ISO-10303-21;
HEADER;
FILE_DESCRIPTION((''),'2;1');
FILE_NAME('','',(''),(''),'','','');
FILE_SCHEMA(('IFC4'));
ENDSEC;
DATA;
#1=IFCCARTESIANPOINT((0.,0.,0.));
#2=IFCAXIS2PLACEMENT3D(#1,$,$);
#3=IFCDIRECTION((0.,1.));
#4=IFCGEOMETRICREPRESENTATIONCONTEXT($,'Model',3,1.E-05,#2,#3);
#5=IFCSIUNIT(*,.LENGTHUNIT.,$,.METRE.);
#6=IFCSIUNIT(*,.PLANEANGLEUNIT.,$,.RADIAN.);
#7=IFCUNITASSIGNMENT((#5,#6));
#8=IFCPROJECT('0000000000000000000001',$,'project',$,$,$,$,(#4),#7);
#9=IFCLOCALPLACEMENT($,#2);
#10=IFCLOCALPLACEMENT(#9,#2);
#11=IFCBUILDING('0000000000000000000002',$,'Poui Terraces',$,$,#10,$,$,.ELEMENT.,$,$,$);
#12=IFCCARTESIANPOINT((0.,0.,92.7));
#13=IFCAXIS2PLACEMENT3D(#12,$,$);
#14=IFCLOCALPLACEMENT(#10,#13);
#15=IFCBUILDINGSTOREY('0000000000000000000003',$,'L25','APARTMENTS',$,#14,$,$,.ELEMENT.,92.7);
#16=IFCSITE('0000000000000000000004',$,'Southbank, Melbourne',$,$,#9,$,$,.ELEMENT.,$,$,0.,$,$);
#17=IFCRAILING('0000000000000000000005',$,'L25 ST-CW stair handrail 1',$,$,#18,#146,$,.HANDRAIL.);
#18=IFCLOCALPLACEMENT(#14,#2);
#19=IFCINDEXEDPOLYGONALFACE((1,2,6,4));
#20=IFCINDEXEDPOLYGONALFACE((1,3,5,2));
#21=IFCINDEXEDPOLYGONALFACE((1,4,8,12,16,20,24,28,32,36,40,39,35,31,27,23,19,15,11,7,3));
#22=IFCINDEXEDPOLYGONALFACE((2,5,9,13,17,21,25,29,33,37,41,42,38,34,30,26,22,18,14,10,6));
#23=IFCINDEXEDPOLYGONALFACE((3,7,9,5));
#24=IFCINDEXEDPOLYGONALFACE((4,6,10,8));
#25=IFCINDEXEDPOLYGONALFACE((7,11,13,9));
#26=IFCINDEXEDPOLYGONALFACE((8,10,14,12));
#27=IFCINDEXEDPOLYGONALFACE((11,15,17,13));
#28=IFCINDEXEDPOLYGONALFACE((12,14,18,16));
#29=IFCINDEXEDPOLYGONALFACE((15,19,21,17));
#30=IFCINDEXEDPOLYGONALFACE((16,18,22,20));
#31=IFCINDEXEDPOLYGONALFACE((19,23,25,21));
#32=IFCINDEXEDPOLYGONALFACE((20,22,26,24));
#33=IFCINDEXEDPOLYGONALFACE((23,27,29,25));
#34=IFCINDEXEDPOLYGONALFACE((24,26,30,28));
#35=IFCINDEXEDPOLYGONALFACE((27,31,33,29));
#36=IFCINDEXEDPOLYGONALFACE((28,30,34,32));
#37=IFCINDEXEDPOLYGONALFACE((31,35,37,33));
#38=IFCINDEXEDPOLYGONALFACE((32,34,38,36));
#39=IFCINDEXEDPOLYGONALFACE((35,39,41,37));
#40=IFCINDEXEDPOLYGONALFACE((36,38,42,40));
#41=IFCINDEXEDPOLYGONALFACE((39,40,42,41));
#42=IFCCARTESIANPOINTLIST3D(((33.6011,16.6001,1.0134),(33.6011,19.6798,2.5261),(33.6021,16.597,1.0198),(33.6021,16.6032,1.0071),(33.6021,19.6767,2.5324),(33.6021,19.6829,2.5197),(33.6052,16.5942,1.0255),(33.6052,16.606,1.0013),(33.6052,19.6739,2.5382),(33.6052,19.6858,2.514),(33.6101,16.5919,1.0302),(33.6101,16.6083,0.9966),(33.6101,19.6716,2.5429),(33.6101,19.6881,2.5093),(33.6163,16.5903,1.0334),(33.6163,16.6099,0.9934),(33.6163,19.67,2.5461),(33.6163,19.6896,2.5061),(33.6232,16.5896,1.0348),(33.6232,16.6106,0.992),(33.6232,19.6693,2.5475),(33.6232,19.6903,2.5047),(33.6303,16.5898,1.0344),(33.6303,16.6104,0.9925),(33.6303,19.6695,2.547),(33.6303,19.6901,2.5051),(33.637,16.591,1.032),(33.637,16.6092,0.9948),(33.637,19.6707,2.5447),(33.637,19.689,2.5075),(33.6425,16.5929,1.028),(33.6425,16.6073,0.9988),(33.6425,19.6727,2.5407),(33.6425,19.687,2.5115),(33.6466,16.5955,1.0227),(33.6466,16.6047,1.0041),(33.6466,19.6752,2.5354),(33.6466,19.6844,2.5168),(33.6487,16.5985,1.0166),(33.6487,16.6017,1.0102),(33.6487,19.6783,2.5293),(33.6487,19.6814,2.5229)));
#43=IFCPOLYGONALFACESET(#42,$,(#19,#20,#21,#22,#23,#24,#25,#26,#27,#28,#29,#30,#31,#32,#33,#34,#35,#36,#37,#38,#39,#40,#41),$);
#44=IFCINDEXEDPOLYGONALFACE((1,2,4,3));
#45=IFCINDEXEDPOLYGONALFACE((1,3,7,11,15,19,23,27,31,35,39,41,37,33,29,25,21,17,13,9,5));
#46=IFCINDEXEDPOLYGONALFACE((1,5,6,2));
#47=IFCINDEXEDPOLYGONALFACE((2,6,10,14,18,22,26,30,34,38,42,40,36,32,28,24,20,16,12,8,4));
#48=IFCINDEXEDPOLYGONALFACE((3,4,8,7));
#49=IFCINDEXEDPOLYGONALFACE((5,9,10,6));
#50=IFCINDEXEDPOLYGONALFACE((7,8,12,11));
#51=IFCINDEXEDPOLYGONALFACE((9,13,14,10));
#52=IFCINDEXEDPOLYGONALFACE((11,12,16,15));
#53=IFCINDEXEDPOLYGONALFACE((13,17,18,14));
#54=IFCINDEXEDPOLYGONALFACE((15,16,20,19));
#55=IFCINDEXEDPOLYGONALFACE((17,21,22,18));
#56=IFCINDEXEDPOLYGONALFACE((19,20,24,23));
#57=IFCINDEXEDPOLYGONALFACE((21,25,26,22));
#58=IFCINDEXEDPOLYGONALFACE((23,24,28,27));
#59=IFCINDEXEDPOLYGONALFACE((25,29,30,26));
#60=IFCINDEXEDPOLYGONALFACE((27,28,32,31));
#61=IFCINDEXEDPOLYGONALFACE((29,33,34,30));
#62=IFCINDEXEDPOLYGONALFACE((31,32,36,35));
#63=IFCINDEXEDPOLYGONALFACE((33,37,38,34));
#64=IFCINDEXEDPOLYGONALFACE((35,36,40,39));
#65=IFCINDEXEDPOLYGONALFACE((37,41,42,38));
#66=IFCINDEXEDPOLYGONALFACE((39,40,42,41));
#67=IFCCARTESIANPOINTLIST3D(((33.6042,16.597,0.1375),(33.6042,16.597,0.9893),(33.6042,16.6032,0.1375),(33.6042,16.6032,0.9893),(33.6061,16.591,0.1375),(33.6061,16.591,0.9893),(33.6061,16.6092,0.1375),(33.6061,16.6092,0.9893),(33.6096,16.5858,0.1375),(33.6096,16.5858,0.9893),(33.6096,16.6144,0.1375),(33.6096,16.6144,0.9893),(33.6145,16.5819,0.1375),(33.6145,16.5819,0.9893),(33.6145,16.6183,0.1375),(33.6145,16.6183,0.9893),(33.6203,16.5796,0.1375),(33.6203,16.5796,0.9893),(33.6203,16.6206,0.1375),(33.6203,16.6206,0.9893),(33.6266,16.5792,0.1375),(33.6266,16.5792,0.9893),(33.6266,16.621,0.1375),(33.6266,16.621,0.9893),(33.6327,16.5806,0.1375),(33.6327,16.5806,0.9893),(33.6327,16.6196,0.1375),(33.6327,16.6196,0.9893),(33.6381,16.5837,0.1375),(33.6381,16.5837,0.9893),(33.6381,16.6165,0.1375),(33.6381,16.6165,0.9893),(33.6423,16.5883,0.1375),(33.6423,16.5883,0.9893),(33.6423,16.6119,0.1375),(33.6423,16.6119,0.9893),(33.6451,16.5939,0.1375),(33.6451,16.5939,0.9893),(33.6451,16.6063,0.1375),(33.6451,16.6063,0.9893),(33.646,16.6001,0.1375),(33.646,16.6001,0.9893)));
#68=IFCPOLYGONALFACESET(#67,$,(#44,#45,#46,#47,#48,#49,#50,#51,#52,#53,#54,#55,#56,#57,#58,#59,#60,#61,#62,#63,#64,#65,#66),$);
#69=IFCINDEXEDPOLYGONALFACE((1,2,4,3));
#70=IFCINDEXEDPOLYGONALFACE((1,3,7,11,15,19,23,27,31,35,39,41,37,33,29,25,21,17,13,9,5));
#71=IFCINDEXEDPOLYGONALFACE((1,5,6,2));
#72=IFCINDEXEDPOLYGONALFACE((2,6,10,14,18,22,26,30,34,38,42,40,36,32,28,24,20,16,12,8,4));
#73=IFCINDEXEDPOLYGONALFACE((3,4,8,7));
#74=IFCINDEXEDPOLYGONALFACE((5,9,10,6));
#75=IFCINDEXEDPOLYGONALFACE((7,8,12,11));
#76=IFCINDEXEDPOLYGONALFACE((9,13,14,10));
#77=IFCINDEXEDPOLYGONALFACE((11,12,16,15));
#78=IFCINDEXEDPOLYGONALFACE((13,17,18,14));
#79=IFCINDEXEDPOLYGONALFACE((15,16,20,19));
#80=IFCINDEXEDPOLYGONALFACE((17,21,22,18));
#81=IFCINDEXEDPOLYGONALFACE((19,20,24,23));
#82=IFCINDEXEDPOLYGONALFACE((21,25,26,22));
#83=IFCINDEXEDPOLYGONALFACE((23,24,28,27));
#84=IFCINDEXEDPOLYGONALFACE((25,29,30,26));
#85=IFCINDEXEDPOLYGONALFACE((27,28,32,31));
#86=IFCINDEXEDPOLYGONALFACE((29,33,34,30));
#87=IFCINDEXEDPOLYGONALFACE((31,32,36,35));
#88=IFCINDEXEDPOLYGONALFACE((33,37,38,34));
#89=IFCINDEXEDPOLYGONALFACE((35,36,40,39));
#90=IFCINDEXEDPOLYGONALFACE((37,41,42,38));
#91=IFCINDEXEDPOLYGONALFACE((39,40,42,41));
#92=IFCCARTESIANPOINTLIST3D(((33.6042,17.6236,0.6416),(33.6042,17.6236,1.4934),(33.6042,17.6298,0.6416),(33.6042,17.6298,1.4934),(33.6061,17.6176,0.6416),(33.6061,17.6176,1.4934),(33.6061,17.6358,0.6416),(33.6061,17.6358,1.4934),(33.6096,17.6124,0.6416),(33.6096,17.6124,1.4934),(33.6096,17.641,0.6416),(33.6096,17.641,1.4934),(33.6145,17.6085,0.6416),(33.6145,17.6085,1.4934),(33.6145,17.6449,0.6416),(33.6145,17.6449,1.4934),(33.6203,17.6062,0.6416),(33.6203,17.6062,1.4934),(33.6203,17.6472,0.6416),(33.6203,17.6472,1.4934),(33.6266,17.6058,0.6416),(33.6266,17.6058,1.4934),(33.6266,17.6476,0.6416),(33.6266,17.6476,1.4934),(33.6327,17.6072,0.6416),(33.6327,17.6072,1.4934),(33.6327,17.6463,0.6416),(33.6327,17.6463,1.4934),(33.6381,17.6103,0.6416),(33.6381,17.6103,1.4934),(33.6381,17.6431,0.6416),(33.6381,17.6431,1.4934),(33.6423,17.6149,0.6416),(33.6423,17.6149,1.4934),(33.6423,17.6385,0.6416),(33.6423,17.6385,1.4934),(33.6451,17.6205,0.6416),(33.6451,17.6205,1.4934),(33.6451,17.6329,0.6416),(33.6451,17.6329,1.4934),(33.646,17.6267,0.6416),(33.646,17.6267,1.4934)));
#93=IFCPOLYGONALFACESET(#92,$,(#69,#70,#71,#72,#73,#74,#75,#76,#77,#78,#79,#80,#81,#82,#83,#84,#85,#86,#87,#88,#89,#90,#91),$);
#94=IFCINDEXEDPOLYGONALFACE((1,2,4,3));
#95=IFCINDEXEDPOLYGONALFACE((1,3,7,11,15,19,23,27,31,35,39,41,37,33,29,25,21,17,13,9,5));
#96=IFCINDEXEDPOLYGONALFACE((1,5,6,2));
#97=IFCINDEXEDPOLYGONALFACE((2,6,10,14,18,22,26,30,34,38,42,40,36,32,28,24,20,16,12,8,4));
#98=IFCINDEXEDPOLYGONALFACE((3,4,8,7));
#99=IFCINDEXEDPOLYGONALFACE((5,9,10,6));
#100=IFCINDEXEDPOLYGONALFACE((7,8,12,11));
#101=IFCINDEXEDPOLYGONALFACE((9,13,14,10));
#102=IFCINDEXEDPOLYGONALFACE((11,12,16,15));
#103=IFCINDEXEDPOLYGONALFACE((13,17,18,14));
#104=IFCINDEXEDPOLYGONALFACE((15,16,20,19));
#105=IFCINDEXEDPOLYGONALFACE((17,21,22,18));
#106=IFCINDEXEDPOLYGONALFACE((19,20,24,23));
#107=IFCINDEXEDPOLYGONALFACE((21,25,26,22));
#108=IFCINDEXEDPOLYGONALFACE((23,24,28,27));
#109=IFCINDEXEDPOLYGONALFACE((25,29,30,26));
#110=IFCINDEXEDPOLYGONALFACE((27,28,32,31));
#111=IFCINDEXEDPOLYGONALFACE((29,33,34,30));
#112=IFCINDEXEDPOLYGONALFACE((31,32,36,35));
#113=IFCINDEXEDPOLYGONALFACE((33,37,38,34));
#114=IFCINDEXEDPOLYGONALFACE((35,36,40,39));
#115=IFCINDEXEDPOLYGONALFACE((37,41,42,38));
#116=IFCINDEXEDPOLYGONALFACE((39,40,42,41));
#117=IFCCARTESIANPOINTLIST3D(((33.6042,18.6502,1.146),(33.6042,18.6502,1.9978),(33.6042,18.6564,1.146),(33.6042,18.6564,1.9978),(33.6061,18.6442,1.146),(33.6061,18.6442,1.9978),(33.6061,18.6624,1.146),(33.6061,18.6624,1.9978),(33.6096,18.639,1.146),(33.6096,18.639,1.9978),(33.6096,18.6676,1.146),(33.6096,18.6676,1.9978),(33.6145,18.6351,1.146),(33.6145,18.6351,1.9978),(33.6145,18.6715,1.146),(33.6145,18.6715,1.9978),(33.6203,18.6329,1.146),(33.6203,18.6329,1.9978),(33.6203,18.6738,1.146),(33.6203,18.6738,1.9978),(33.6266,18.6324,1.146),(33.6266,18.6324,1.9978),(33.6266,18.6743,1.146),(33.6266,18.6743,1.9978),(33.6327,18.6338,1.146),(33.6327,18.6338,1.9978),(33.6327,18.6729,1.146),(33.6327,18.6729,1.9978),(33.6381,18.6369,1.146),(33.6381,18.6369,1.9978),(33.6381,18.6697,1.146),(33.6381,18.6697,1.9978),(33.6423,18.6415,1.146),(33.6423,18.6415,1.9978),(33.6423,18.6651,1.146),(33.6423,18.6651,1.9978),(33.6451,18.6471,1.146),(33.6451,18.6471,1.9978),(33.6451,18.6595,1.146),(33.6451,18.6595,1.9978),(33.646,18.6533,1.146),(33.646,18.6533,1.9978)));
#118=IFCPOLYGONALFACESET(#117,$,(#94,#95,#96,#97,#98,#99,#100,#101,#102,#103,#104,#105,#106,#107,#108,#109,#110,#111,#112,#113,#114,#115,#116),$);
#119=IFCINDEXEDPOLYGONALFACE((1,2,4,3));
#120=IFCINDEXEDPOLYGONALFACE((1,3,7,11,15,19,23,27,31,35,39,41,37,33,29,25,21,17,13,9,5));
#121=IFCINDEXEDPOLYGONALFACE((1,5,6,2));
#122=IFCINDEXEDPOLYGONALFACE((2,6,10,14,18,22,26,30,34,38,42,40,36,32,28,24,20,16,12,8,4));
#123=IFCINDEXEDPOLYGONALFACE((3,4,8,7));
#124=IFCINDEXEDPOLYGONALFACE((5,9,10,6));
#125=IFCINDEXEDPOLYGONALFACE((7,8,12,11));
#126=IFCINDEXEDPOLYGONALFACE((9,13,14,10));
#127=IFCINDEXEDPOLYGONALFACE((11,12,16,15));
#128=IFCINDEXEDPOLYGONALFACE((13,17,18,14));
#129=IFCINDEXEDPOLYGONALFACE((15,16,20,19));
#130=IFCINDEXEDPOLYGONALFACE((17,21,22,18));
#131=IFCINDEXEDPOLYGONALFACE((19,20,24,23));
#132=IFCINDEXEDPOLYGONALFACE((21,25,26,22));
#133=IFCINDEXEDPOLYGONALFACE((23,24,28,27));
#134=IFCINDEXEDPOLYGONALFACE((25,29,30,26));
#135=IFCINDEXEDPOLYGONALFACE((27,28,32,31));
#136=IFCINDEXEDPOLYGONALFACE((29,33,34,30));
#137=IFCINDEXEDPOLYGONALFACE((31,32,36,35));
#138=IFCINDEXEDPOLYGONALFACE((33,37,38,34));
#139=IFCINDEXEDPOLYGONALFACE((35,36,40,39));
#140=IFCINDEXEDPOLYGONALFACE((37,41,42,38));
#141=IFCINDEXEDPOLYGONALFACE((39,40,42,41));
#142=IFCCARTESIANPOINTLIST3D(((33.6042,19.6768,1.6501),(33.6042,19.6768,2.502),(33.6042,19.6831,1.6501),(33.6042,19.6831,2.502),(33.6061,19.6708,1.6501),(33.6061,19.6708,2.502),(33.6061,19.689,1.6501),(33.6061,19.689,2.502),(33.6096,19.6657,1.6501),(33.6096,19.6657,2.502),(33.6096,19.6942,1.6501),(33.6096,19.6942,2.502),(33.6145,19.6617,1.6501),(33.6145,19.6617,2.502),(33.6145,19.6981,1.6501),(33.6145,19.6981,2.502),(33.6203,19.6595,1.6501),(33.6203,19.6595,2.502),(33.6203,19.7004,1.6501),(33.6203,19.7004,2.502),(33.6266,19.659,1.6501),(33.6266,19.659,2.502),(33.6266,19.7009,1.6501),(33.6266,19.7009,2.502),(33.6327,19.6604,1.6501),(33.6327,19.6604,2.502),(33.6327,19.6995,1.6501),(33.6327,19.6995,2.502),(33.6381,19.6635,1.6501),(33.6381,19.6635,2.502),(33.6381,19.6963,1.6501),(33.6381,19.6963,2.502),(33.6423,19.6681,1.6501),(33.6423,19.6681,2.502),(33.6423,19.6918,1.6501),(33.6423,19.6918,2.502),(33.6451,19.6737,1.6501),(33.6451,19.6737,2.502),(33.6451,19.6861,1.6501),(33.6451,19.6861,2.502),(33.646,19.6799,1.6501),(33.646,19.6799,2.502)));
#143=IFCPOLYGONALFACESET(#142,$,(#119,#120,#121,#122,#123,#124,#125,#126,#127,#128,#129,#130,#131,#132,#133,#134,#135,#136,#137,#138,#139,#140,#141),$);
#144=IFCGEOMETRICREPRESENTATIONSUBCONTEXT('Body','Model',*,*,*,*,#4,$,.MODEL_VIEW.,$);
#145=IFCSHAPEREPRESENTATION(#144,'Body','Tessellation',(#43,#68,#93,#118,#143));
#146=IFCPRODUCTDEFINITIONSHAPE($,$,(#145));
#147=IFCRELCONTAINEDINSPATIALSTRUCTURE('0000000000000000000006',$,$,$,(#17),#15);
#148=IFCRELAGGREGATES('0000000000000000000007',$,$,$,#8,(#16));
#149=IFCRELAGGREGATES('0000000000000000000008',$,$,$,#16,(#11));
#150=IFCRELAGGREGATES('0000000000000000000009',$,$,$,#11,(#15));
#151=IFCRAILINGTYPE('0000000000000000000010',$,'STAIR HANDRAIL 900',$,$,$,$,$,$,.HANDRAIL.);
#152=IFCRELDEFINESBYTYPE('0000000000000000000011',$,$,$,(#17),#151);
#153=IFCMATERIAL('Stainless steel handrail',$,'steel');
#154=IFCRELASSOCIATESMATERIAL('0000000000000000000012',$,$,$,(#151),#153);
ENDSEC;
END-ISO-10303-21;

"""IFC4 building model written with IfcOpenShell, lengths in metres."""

from ifc_helpers import new_model, si_unit, direction, frame, origin, origin_2d, place, context, subcontext, project, spatial, circle, extrude, material, type_object, element, save


model = new_model("IFC4")

# Units and contexts
model_context = context("Model", 3, precision=1e-05, world=origin(), true_north=direction((0.0, 1.0)))
body_context = subcontext(model_context, "Body", "Model", "MODEL_VIEW")
ifc_project = project(units=[si_unit("LENGTHUNIT", "METRE"), si_unit("PLANEANGLEUNIT", "RADIAN")], contexts=[model_context])

# Site, building, storey
site_placement = place(None, origin())
site = spatial("IfcSite", under=ifc_project, at=site_placement, Name="Southbank, Melbourne", CompositionType="ELEMENT", RefElevation=0.0)
building_placement = place(site_placement, origin())
building = spatial("IfcBuilding", under=site, at=building_placement, Name="Poui Terraces", CompositionType="ELEMENT")
storey_placement = place(building_placement, frame((0.0, 0.0, 92.7)))
storey = spatial("IfcBuildingStorey", under=building, at=storey_placement, Name="L25", Description="APARTMENTS", CompositionType="ELEMENT", Elevation=92.7)

# Railing
ifc_material_1 = material(Name="Stainless steel handrail", Category="steel")
railing_type_1 = type_object("IfcRailingType", Name="STAIR HANDRAIL 900", PredefinedType="HANDRAIL", material=ifc_material_1)
railing_1_placement = place(storey_placement, frame((33.625, 16.6001, 0.1375)))
element("IfcRailing", 1, at=railing_1_placement, inside=storey, type_object=railing_type_1, Name="L25 ST-CW stair handrail 1", PredefinedType="HANDRAIL", context=body_context, shape_type="SweptSolid", body=[
    extrude(circle(Radius=0.0239, at=origin_2d()), frame((0.0, 0.0, 0.876), z_axis=(0.0, 0.897578, 0.440856), x_axis=(-1.0, 0.0, 0.0)), (0.0, 0.0, 1.0), 3.4312),
    extrude(circle(Radius=0.021, at=origin_2d()), origin(), (0.0, 0.0, 1.0), 0.8518),
    extrude(circle(Radius=0.021, at=origin_2d()), frame((0.0, 1.0266, 0.5042)), (0.0, 0.0, 1.0), 0.8518),
    extrude(circle(Radius=0.021, at=origin_2d()), frame((0.0, 2.0532, 1.0085)), (0.0, 0.0, 1.0), 0.8518),
    extrude(circle(Radius=0.021, at=origin_2d()), frame((0.0, 3.0798, 1.5127)), (0.0, 0.0, 1.0), 0.8518),
])

save(model, "model.ifc")
